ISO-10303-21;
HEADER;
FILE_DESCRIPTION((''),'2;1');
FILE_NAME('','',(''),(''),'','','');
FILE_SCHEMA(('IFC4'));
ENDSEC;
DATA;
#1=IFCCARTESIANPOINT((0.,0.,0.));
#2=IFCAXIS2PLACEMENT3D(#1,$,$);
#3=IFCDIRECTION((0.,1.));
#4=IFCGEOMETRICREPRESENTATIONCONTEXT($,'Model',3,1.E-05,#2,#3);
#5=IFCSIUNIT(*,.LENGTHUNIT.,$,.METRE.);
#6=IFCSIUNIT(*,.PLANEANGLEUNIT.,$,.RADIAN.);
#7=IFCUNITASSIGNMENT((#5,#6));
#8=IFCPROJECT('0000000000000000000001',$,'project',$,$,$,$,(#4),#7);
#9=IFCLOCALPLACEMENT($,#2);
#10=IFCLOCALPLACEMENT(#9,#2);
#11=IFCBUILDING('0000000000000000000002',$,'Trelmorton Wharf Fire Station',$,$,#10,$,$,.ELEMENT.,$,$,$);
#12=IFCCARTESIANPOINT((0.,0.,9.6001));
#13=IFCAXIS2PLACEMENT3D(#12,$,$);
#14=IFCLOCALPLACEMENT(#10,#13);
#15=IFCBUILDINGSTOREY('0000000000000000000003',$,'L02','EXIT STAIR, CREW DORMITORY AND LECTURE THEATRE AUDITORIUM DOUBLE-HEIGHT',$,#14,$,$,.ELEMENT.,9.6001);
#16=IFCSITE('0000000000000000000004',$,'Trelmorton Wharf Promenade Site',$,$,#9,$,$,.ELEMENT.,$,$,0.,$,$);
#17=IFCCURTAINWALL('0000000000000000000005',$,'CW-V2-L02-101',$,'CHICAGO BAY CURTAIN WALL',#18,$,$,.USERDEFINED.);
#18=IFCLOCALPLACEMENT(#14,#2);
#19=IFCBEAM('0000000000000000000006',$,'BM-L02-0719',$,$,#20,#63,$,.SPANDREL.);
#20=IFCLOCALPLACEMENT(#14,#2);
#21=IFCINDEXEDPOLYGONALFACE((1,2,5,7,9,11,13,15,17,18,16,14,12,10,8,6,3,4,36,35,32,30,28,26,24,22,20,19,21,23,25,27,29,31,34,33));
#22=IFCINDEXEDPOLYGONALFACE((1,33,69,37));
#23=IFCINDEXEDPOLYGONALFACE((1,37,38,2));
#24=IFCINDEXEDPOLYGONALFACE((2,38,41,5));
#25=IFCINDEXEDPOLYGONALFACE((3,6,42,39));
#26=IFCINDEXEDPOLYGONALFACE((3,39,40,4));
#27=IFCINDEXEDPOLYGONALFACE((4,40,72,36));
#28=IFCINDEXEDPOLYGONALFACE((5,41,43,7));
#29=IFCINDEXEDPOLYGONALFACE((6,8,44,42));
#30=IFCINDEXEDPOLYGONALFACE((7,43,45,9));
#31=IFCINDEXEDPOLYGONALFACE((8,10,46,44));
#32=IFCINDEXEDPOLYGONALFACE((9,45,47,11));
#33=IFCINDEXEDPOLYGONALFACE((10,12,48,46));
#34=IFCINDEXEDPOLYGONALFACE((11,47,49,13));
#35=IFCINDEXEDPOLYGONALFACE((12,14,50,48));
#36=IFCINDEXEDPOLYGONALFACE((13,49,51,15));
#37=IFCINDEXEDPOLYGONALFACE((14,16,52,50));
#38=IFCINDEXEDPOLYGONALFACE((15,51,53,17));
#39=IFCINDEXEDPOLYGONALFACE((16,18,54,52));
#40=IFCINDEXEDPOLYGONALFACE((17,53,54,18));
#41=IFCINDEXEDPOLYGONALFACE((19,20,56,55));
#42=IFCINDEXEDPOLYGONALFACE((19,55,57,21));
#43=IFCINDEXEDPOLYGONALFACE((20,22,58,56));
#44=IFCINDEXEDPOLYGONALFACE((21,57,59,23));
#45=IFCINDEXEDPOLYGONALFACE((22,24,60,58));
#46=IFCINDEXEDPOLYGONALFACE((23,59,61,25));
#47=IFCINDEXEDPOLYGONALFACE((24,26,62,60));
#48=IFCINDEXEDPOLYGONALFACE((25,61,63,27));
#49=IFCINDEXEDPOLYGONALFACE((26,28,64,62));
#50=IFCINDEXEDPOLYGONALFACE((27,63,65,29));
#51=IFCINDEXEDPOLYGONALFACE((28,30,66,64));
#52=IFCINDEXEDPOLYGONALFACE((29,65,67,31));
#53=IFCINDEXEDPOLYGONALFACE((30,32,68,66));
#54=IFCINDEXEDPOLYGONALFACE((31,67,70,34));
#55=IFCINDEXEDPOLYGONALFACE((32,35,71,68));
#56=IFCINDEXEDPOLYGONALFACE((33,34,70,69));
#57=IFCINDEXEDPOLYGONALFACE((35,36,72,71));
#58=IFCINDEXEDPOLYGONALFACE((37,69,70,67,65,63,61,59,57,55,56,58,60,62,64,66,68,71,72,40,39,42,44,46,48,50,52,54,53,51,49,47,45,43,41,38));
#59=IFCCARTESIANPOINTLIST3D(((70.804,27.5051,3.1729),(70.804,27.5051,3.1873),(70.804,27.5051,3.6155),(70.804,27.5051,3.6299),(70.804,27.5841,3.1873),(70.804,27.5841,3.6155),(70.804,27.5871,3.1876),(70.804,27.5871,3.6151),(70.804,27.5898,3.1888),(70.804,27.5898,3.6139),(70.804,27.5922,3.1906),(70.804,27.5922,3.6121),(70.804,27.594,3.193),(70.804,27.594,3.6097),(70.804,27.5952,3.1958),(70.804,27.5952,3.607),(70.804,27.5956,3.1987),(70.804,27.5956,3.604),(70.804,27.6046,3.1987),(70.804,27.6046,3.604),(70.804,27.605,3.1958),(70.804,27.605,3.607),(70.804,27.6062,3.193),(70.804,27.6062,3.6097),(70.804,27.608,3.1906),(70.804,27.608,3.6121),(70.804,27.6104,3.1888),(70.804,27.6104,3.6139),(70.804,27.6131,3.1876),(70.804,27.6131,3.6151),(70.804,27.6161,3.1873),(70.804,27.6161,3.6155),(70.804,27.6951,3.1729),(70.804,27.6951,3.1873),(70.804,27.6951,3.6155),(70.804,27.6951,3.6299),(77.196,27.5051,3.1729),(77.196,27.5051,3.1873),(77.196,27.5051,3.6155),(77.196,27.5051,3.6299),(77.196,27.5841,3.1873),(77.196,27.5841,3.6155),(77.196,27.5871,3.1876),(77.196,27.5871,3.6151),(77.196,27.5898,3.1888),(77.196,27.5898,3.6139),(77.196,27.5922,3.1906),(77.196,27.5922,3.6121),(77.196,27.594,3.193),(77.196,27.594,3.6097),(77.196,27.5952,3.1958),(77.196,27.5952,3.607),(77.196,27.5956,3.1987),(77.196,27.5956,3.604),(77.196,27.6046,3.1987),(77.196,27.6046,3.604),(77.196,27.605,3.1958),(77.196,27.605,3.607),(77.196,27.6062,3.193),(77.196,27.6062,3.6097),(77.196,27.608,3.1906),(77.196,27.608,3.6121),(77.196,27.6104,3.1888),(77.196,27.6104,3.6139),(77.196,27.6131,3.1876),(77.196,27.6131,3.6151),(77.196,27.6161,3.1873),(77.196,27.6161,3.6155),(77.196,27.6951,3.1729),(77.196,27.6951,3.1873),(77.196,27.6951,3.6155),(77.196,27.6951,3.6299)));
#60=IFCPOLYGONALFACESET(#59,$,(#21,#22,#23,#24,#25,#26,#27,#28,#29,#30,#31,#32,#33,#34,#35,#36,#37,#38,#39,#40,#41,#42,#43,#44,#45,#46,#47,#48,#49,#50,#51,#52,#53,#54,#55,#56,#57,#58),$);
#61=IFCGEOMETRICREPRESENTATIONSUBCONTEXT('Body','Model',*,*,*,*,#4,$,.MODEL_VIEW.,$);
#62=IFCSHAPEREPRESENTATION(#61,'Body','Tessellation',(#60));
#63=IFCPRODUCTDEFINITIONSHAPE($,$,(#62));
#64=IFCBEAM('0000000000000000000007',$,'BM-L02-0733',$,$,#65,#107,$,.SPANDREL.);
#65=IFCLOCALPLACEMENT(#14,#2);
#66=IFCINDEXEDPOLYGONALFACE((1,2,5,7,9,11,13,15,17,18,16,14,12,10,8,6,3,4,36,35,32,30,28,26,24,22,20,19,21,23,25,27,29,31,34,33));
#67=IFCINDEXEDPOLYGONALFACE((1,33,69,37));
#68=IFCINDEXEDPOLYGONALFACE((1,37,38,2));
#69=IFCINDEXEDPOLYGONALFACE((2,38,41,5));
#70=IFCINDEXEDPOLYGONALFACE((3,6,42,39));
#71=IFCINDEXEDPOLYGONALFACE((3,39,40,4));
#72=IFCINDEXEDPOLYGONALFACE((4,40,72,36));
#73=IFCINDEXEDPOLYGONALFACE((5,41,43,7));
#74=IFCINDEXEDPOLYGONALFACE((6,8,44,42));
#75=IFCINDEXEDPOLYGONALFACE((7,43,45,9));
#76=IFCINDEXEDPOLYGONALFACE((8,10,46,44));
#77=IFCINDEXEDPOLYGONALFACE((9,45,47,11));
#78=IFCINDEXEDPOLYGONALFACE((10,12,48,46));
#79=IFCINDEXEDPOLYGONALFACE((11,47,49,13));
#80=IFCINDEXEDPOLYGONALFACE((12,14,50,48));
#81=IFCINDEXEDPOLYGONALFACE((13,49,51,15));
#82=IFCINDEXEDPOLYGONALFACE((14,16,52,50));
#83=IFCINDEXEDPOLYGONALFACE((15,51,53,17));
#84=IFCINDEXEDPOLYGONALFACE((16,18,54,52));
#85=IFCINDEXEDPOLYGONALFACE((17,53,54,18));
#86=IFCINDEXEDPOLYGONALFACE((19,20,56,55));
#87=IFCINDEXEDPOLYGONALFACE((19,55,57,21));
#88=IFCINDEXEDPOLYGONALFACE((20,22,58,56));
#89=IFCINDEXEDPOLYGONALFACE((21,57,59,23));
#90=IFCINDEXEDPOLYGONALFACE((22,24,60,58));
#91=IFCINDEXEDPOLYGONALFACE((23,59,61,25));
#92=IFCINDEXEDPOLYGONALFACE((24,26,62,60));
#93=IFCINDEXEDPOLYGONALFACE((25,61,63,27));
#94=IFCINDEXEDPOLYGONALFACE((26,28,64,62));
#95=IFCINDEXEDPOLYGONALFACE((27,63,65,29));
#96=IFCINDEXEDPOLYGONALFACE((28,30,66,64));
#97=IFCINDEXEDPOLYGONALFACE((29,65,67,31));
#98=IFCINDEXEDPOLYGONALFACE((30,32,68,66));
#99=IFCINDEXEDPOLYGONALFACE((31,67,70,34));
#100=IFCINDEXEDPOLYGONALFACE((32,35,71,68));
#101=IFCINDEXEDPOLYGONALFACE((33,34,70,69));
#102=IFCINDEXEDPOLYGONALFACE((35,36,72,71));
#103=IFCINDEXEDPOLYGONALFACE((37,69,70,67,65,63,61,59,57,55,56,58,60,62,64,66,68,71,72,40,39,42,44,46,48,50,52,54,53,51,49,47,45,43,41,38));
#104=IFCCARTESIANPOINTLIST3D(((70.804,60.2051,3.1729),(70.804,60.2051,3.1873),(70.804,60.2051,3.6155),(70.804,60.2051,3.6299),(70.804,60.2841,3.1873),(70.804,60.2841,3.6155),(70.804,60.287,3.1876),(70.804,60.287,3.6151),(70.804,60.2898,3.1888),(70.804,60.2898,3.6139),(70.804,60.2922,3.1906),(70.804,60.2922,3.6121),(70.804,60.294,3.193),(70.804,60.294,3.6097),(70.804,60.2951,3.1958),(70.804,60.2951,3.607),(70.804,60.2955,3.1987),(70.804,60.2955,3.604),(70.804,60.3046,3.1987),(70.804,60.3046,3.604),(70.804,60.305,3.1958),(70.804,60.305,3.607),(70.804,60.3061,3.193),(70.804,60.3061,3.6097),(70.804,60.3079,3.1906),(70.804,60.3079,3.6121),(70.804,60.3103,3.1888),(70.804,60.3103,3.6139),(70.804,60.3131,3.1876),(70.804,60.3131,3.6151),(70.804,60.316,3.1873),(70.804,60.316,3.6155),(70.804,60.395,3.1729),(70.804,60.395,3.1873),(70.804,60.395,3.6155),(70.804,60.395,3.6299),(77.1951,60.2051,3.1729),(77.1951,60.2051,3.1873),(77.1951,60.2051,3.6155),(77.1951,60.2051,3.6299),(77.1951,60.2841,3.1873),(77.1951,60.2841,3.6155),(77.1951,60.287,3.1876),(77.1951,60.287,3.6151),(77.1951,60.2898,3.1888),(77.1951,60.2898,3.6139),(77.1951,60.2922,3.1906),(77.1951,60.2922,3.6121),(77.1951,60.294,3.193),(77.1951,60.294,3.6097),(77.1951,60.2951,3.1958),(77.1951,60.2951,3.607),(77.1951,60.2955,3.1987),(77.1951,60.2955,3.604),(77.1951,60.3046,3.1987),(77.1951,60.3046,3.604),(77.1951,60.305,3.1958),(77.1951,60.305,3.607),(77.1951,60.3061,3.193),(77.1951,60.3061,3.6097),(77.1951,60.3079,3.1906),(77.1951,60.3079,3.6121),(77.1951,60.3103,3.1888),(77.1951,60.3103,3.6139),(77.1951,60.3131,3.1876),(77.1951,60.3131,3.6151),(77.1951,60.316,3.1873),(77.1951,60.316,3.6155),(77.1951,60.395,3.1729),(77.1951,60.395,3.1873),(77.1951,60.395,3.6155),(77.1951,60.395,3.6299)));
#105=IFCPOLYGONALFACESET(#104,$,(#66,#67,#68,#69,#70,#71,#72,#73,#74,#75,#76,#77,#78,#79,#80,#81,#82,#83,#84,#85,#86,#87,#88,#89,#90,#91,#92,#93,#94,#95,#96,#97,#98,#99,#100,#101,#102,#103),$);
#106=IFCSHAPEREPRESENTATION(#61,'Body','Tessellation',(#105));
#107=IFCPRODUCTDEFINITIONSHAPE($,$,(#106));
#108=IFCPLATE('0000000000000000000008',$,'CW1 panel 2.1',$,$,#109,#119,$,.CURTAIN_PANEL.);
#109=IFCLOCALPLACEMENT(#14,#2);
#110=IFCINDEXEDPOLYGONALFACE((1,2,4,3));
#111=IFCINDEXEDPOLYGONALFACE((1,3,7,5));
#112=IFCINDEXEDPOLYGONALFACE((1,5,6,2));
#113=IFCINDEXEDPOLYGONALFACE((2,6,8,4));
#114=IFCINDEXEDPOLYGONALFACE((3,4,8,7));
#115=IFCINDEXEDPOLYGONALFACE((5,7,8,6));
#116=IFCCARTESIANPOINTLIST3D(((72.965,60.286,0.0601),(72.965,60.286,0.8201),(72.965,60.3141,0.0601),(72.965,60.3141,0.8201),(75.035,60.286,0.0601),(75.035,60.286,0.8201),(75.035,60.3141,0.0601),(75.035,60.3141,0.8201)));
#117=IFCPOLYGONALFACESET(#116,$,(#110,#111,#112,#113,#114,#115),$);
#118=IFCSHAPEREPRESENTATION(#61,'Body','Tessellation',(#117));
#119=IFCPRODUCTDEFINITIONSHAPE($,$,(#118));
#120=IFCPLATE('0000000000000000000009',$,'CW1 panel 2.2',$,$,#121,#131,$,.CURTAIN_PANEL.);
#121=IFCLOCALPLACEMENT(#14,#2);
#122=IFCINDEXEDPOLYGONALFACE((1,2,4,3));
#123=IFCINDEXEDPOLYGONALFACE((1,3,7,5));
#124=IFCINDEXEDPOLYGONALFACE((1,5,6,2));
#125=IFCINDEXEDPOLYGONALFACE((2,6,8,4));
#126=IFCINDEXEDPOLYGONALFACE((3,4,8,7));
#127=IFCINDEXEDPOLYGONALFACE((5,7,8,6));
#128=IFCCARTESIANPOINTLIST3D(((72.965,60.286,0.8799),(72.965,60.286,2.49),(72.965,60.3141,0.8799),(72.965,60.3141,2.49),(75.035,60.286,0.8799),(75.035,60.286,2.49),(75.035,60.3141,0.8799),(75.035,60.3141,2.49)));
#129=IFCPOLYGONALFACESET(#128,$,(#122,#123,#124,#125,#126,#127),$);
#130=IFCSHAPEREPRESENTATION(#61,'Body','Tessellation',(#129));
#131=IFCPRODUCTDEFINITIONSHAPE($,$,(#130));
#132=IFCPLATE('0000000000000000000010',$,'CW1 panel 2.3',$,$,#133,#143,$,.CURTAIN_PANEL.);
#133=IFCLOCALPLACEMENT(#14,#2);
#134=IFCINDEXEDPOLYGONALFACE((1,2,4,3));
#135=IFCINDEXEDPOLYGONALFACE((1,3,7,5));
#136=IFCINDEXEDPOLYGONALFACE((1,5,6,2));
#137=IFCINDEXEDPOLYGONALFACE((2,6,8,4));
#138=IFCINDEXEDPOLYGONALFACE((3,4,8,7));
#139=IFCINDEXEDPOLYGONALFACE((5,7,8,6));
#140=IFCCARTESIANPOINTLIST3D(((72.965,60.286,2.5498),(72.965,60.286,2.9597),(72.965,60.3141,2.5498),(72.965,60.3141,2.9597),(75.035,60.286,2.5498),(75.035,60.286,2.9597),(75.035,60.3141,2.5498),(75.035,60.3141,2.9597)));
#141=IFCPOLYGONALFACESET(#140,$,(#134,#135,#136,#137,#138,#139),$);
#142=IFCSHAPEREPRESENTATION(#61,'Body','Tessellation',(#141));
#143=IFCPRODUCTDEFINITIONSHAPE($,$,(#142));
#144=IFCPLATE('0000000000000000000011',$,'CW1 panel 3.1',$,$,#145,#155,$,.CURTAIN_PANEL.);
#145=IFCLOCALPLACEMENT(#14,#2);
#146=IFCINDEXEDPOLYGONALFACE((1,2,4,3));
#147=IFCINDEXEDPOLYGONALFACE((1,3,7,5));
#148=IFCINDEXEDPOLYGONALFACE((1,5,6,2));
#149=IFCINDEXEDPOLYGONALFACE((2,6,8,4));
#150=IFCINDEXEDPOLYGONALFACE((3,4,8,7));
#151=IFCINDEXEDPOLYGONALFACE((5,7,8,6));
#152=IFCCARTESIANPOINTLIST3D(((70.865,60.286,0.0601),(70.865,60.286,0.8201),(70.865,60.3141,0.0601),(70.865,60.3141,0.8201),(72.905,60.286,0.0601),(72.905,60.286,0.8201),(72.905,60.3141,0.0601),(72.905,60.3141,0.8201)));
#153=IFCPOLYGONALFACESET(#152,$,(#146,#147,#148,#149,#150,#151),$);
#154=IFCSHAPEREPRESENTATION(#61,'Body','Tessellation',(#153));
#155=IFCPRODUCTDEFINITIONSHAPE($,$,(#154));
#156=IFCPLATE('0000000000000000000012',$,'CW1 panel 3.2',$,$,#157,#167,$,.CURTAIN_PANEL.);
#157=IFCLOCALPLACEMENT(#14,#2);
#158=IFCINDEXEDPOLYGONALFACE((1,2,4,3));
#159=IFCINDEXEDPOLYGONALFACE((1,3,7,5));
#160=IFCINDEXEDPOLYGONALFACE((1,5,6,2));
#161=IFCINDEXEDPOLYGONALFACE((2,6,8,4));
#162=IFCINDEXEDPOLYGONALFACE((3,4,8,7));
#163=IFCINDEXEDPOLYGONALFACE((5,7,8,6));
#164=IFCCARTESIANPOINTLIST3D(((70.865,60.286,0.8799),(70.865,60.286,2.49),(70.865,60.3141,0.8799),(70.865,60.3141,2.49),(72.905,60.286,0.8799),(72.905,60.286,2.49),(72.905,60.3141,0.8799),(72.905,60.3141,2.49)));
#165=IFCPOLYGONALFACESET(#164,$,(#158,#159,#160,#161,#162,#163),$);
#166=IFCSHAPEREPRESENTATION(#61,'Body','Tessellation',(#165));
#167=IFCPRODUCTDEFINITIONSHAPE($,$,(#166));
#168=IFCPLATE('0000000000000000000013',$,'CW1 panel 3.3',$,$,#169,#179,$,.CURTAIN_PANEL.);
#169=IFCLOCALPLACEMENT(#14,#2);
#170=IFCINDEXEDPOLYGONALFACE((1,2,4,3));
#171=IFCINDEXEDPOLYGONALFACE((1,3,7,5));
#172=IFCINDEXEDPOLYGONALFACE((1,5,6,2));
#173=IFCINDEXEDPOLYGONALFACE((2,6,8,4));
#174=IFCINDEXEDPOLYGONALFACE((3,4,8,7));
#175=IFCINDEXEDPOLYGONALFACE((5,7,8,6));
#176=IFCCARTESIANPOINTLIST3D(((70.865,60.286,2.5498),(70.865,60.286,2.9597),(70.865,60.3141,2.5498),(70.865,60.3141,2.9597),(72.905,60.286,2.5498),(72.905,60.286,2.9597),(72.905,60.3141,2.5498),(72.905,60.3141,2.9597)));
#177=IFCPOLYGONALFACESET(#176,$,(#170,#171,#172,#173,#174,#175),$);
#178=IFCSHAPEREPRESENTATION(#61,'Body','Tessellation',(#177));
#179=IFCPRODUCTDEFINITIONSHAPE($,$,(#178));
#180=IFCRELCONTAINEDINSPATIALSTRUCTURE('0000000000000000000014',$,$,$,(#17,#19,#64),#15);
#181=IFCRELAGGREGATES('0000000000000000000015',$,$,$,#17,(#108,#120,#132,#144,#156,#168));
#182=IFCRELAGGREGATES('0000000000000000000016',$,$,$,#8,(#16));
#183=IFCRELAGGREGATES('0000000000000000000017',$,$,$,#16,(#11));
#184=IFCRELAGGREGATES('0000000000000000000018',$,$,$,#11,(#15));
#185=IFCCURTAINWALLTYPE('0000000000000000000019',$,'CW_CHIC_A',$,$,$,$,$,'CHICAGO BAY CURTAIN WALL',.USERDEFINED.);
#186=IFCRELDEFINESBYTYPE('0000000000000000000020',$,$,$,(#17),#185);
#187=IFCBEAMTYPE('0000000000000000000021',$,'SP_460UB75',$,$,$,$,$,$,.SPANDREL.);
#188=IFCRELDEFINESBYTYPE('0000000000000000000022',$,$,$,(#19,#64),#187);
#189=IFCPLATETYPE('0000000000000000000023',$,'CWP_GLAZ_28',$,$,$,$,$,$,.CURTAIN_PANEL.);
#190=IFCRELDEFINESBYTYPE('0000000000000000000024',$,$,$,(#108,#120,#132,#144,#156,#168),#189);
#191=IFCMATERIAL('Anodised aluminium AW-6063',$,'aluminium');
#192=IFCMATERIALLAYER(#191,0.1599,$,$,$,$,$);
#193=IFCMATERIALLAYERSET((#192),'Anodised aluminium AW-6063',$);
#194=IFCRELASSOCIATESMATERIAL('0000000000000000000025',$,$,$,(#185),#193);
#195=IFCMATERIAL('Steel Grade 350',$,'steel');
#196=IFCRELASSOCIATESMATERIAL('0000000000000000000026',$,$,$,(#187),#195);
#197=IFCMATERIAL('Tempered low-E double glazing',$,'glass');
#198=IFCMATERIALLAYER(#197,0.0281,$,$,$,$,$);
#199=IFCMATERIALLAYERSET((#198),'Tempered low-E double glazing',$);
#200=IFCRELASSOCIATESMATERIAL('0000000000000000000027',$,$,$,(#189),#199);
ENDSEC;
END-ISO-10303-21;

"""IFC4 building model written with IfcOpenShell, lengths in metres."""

from ifc_helpers import new_model, si_unit, direction, frame, origin, origin_2d, place, context, subcontext, project, spatial, rectangle, i_section, extrude, material, layer, layer_set, material_profile, profile_set, type_object, element, aggregate, save


model = new_model("IFC4")

# Units and contexts
model_context = context("Model", 3, precision=1e-05, world=origin(), true_north=direction((0.0, 1.0)))
body_context = subcontext(model_context, "Body", "Model", "MODEL_VIEW")
ifc_project = project(units=[si_unit("LENGTHUNIT", "METRE"), si_unit("PLANEANGLEUNIT", "RADIAN")], contexts=[model_context])

# Site, building, storey
site_placement = place(None, origin())
site = spatial("IfcSite", under=ifc_project, at=site_placement, Name="Trelmorton Wharf Promenade Site", CompositionType="ELEMENT", RefElevation=0.0)
building_placement = place(site_placement, origin())
building = spatial("IfcBuilding", under=site, at=building_placement, Name="Trelmorton Wharf Fire Station", CompositionType="ELEMENT")
storey_placement = place(building_placement, frame((0.0, 0.0, 9.6001)))
storey = spatial("IfcBuildingStorey", under=building, at=storey_placement, Name="L02", Description="EXIT STAIR, CREW DORMITORY AND LECTURE THEATRE AUDITORIUM DOUBLE-HEIGHT", CompositionType="ELEMENT", Elevation=9.6001)

# Curtain wall
ifc_material_1 = material(Name="Anodised aluminium AW-6063", Category="aluminium")
ifc_layer_1 = layer(ifc_material_1, 0.1599)
ifc_layer_set_1 = layer_set([ifc_layer_1], Name="Anodised aluminium AW-6063")
curtain_wall_type = type_object("IfcCurtainWallType", Name="CW_CHIC_A", ElementType="CHICAGO BAY CURTAIN WALL", PredefinedType="USERDEFINED", material=ifc_layer_set_1)
curtain_wall_placement = place(storey_placement, origin())
curtain_wall = element("IfcCurtainWall", 1, at=curtain_wall_placement, inside=storey, type_object=curtain_wall_type, Name="CW-V2-L02-101", ObjectType="CHICAGO BAY CURTAIN WALL", PredefinedType="USERDEFINED")

# Beams
ifc_material_2 = material(Name="Steel Grade 350", Category="steel")
ifc_material_profile_1 = material_profile(ifc_material_2, i_section(OverallWidth=0.1899, OverallDepth=0.457, WebThickness=0.009, FlangeThickness=0.0144, FilletRadius=0.0115, at=origin_2d()), Name="460UB74.6")
ifc_profile_set_1 = profile_set([ifc_material_profile_1], Name="Steel Grade 350")
beam_type_1 = type_object("IfcBeamType", Name="SP_460UB75", PredefinedType="SPANDREL", material=ifc_profile_set_1)
beam_1_placement = place(storey_placement, frame((70.804, 27.6001, 3.4014), z_axis=(1.0, 0.0, 0.0), x_axis=(0.0, 1.0, 0.0)))
element("IfcBeam", 2, at=beam_1_placement, inside=storey, type_object=beam_type_1, Name="BM-L02-0719", PredefinedType="SPANDREL", context=body_context, shape_type="SweptSolid", body=[
    extrude(i_section(OverallWidth=0.1899, OverallDepth=0.457, WebThickness=0.009, FlangeThickness=0.0144, FilletRadius=0.0115, at=origin_2d()), origin(), (0.0, 0.0, 1.0), 6.3921),
])
beam_2_placement = place(storey_placement, frame((70.804, 60.3, 3.4014), z_axis=(1.0, 0.0, 0.0), x_axis=(0.0, 1.0, 0.0)))
element("IfcBeam", 3, at=beam_2_placement, inside=storey, type_object=beam_type_1, Name="BM-L02-0733", PredefinedType="SPANDREL", context=body_context, shape_type="SweptSolid", body=[
    extrude(i_section(OverallWidth=0.1899, OverallDepth=0.457, WebThickness=0.009, FlangeThickness=0.0144, FilletRadius=0.0115, at=origin_2d()), origin(), (0.0, 0.0, 1.0), 6.3911),
])

# Plates
ifc_material_3 = material(Name="Tempered low-E double glazing", Category="glass")
ifc_layer_2 = layer(ifc_material_3, 0.0281)
ifc_layer_set_2 = layer_set([ifc_layer_2], Name="Tempered low-E double glazing")
plate_type = type_object("IfcPlateType", Name="CWP_GLAZ_28", PredefinedType="CURTAIN_PANEL", material=ifc_layer_set_2)
plate_1_placement = place(storey_placement, frame((74.0, 60.3, 0.0601), z_axis=(0.0, 0.0, 1.0), x_axis=(-1.0, 0.0, 0.0)))
plate_1 = element("IfcPlate", 4, at=plate_1_placement, type_object=plate_type, Name="CW1 panel 2.1", PredefinedType="CURTAIN_PANEL", context=body_context, shape_type="SweptSolid", body=[
    extrude(rectangle(XDim=2.0701, YDim=0.0281, at=origin_2d()), origin(), (0.0, 0.0, 1.0), 0.76),
])
plate_2_placement = place(storey_placement, frame((74.0, 60.3, 0.8799), z_axis=(0.0, 0.0, 1.0), x_axis=(-1.0, 0.0, 0.0)))
plate_2 = element("IfcPlate", 5, at=plate_2_placement, type_object=plate_type, Name="CW1 panel 2.2", PredefinedType="CURTAIN_PANEL", context=body_context, shape_type="SweptSolid", body=[
    extrude(rectangle(XDim=2.0701, YDim=0.0281, at=origin_2d()), origin(), (0.0, 0.0, 1.0), 1.6101),
])
plate_3_placement = place(storey_placement, frame((74.0, 60.3, 2.5498), z_axis=(0.0, 0.0, 1.0), x_axis=(-1.0, 0.0, 0.0)))
plate_3 = element("IfcPlate", 6, at=plate_3_placement, type_object=plate_type, Name="CW1 panel 2.3", PredefinedType="CURTAIN_PANEL", context=body_context, shape_type="SweptSolid", body=[
    extrude(rectangle(XDim=2.0701, YDim=0.0281, at=origin_2d()), origin(), (0.0, 0.0, 1.0), 0.4099),
])
plate_4_placement = place(storey_placement, frame((71.885, 60.3, 0.0601), z_axis=(0.0, 0.0, 1.0), x_axis=(-1.0, 0.0, 0.0)))
plate_4 = element("IfcPlate", 7, at=plate_4_placement, type_object=plate_type, Name="CW1 panel 3.1", PredefinedType="CURTAIN_PANEL", context=body_context, shape_type="SweptSolid", body=[
    extrude(rectangle(XDim=2.04, YDim=0.0281, at=origin_2d()), origin(), (0.0, 0.0, 1.0), 0.76),
])
plate_5_placement = place(storey_placement, frame((71.885, 60.3, 0.8799), z_axis=(0.0, 0.0, 1.0), x_axis=(-1.0, 0.0, 0.0)))
plate_5 = element("IfcPlate", 8, at=plate_5_placement, type_object=plate_type, Name="CW1 panel 3.2", PredefinedType="CURTAIN_PANEL", context=body_context, shape_type="SweptSolid", body=[
    extrude(rectangle(XDim=2.04, YDim=0.0281, at=origin_2d()), origin(), (0.0, 0.0, 1.0), 1.6101),
])
plate_6_placement = place(storey_placement, frame((71.885, 60.3, 2.5498), z_axis=(0.0, 0.0, 1.0), x_axis=(-1.0, 0.0, 0.0)))
plate_6 = element("IfcPlate", 9, at=plate_6_placement, type_object=plate_type, Name="CW1 panel 3.3", PredefinedType="CURTAIN_PANEL", context=body_context, shape_type="SweptSolid", body=[
    extrude(rectangle(XDim=2.04, YDim=0.0281, at=origin_2d()), origin(), (0.0, 0.0, 1.0), 0.4099),
])
aggregate(curtain_wall, [plate_1, plate_2, plate_3, plate_4, plate_5, plate_6])

save(model, "model.ifc")
